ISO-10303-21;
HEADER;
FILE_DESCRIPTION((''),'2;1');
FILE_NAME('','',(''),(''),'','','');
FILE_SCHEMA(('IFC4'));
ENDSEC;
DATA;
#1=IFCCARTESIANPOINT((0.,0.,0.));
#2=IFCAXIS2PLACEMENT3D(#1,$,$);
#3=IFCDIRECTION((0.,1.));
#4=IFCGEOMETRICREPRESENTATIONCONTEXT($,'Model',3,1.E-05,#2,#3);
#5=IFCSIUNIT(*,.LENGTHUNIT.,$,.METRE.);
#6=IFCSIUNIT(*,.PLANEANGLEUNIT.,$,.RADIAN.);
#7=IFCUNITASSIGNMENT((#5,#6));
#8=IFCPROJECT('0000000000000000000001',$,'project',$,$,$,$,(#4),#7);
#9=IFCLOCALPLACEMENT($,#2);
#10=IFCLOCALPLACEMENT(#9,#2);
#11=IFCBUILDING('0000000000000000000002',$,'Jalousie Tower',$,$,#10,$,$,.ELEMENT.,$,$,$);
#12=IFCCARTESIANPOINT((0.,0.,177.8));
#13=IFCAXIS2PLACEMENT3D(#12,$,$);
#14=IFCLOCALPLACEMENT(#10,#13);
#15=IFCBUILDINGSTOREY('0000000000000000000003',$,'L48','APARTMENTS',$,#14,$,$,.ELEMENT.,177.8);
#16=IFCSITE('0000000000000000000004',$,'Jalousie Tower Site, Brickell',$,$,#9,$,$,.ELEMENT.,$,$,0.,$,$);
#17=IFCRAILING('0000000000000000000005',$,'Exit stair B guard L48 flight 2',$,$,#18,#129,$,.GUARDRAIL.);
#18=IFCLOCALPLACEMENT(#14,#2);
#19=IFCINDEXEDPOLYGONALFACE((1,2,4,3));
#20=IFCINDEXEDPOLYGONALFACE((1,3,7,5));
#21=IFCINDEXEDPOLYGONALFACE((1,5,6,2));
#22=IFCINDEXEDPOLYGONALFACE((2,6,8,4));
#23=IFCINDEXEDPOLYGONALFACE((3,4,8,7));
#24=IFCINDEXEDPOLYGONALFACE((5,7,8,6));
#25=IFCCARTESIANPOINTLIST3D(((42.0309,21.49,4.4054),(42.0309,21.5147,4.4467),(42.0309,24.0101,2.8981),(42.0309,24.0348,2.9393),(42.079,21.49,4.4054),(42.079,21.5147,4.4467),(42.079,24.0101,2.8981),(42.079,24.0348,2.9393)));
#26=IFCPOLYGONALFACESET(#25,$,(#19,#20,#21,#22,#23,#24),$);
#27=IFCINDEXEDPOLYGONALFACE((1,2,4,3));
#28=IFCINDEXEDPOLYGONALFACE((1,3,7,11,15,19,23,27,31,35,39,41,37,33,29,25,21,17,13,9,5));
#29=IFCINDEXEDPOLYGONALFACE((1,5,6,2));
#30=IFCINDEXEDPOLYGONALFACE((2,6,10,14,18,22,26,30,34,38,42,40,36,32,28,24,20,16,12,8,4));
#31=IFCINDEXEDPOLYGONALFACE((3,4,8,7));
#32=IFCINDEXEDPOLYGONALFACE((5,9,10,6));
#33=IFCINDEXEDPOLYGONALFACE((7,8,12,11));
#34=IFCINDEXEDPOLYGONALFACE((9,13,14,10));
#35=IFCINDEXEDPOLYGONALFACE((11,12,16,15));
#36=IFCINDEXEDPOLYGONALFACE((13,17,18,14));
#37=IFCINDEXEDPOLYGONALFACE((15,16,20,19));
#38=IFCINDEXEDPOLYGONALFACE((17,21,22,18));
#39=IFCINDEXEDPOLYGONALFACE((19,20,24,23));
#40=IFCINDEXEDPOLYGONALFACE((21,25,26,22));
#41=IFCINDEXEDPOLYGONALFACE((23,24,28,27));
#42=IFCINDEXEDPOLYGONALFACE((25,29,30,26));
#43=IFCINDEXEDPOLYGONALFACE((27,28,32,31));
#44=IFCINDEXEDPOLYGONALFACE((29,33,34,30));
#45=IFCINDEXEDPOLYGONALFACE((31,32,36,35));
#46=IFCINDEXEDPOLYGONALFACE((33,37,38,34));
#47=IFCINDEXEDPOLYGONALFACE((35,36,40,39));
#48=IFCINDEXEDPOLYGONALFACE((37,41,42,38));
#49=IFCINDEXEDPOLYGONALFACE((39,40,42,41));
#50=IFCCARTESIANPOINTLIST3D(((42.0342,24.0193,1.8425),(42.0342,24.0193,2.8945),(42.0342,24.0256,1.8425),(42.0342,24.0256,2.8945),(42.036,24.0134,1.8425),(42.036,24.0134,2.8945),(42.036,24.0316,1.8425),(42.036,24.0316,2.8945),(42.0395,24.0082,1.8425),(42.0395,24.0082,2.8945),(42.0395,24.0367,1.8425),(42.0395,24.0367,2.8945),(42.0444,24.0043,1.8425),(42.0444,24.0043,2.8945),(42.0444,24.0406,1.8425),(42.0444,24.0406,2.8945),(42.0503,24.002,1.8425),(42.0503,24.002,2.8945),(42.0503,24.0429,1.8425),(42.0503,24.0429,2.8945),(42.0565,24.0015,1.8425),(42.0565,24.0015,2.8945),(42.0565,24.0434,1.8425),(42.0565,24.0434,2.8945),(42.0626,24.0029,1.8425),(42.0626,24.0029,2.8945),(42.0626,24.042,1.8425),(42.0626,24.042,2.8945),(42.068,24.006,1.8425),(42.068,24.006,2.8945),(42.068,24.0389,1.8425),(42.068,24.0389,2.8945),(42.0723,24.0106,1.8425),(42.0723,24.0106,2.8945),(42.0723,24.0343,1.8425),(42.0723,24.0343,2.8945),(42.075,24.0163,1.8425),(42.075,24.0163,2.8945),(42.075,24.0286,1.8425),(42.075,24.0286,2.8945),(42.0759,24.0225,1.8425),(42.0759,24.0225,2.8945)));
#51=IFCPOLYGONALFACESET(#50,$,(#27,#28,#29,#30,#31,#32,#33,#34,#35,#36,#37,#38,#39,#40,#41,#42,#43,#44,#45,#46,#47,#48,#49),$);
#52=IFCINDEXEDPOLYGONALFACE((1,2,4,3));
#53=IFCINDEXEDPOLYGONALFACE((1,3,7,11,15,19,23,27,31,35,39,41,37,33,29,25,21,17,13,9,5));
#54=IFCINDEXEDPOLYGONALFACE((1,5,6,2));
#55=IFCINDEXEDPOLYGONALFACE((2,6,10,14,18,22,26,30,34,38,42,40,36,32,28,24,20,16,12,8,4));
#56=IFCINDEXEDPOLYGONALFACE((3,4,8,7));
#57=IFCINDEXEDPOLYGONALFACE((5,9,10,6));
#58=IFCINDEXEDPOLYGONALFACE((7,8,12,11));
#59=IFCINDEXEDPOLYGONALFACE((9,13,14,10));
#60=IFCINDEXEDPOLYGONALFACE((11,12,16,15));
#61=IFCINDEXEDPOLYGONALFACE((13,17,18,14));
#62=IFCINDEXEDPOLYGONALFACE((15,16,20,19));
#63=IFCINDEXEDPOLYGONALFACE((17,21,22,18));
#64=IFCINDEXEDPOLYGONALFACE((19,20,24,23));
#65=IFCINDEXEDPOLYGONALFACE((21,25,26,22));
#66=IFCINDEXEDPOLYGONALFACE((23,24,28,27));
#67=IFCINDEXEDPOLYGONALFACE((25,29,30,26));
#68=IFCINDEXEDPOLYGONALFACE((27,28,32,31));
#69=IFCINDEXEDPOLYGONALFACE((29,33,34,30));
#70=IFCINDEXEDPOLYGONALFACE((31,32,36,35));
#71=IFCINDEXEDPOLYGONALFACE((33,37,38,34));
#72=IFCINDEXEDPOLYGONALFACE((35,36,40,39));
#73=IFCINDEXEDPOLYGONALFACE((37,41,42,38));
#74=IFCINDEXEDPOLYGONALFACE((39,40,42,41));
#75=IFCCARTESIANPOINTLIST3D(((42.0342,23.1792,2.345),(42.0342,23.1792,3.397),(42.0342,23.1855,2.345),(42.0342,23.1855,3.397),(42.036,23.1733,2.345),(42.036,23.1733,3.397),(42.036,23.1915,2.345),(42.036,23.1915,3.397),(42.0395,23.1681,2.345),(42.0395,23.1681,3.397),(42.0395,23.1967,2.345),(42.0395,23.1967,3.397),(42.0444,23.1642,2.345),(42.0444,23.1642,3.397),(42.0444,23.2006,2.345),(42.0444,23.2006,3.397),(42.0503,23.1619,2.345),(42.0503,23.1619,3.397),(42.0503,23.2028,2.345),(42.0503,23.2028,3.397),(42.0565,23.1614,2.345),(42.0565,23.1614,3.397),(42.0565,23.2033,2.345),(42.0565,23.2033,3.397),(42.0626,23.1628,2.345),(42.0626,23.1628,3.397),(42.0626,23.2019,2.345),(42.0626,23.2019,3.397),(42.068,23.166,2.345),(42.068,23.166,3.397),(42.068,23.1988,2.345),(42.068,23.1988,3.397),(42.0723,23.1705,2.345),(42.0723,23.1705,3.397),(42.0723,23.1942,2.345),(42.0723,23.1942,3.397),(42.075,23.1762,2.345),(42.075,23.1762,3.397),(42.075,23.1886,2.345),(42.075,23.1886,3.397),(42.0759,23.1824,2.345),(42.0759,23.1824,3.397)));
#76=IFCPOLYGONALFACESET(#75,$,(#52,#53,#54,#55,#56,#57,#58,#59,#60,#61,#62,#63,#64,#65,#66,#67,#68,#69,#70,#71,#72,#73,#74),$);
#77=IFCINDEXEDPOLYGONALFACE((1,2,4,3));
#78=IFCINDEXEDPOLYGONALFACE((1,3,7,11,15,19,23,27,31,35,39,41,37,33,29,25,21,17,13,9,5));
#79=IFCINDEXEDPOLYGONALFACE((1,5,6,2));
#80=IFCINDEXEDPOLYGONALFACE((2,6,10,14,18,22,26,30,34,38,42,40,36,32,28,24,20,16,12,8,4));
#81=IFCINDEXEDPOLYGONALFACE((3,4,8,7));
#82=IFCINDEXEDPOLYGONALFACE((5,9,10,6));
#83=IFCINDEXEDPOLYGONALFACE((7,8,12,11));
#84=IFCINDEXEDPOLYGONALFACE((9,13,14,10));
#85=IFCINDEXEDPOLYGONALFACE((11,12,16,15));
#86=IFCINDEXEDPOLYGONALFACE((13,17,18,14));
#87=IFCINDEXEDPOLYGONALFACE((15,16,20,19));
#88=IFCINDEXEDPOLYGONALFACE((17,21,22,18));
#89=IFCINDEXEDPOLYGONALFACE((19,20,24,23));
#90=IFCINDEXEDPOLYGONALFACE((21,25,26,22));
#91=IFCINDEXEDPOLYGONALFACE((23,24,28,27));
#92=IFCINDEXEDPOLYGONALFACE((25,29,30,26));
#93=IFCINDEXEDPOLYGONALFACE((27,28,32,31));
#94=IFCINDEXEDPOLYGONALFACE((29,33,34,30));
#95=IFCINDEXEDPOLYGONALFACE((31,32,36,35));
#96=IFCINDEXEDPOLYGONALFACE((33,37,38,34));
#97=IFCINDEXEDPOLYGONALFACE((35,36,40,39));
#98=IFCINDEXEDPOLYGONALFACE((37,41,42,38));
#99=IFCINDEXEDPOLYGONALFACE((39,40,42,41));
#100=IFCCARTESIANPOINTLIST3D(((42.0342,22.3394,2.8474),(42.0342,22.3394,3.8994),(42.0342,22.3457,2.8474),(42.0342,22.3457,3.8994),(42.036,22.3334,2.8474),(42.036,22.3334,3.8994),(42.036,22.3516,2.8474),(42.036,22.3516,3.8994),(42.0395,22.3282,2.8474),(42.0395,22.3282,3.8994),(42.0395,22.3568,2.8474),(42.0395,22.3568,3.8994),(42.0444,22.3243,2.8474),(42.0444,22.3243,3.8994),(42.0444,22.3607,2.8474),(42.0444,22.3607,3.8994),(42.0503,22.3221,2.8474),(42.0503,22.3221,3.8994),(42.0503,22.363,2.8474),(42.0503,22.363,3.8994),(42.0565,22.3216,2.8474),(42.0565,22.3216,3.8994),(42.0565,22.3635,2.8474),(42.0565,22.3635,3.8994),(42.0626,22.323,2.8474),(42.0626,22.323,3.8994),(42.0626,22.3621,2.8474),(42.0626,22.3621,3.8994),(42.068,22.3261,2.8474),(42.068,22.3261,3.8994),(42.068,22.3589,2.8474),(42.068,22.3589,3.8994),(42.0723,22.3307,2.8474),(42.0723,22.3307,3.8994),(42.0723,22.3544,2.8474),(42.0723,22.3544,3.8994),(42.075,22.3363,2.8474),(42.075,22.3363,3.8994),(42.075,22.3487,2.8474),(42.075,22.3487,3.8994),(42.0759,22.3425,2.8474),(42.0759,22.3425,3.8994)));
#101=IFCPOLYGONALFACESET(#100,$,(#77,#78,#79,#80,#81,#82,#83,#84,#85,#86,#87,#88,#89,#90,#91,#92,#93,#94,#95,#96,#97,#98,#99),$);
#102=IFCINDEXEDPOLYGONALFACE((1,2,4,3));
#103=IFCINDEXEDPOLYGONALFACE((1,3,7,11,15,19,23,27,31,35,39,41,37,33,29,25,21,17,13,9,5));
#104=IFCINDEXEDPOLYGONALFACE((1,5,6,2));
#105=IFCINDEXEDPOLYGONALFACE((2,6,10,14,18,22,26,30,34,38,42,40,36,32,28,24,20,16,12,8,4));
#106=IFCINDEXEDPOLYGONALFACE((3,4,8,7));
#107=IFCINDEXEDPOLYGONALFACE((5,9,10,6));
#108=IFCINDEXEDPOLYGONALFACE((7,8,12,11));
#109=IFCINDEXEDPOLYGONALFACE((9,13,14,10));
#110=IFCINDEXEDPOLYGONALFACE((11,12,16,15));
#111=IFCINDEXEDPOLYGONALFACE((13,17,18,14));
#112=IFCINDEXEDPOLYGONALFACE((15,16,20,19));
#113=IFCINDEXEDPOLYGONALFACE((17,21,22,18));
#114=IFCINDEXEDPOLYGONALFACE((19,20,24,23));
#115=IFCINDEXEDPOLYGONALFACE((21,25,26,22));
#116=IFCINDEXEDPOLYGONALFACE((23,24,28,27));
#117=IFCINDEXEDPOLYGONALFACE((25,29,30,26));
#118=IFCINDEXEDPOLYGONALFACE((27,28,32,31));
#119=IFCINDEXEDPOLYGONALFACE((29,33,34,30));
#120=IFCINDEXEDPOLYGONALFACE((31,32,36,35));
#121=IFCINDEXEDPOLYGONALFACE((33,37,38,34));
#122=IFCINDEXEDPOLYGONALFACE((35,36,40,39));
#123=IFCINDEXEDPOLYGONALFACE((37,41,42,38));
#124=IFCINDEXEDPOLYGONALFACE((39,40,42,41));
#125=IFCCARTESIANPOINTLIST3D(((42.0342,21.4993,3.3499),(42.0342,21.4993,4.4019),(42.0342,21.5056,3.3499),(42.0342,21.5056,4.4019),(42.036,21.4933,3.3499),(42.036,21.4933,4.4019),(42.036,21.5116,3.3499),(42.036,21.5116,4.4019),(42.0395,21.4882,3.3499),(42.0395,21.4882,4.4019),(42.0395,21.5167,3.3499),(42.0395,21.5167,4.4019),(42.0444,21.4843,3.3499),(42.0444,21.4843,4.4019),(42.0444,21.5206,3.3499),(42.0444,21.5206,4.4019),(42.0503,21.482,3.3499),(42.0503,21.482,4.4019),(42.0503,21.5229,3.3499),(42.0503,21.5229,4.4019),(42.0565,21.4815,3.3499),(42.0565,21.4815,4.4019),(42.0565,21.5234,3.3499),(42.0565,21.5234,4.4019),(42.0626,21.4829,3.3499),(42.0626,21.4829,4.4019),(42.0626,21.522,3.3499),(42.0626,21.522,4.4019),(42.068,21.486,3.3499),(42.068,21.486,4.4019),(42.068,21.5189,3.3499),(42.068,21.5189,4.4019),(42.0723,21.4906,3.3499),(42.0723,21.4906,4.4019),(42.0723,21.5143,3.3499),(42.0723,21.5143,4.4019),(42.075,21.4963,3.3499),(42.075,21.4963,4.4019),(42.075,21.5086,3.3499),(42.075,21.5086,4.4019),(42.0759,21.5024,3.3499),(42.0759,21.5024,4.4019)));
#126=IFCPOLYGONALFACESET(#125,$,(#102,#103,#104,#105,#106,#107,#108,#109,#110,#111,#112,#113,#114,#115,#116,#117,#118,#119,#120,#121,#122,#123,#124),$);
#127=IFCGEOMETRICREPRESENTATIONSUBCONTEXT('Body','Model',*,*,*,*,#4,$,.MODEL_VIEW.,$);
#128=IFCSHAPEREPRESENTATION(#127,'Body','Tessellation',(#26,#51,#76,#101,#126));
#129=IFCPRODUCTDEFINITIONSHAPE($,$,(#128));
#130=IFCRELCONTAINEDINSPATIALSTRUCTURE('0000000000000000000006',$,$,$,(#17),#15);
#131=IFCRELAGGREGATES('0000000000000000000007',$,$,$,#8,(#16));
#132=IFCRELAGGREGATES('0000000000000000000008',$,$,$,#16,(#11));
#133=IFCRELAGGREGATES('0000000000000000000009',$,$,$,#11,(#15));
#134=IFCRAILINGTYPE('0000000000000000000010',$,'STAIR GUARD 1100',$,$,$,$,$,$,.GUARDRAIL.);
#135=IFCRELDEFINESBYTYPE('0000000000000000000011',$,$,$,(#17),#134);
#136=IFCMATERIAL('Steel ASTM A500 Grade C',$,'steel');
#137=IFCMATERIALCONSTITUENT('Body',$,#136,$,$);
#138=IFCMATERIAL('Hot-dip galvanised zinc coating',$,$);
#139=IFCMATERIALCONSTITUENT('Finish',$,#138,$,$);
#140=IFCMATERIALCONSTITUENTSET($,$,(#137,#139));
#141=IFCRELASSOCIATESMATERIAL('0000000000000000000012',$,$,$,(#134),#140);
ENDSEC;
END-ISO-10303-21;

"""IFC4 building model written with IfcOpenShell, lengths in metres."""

from ifc_helpers import new_model, si_unit, direction, frame, origin, origin_2d, place, context, subcontext, project, spatial, rectangle, circle, extrude, material, constituent, constituent_set, type_object, element, save


model = new_model("IFC4")

# Units and contexts
model_context = context("Model", 3, precision=1e-05, world=origin(), true_north=direction((0.0, 1.0)))
body_context = subcontext(model_context, "Body", "Model", "MODEL_VIEW")
ifc_project = project(units=[si_unit("LENGTHUNIT", "METRE"), si_unit("PLANEANGLEUNIT", "RADIAN")], contexts=[model_context])

# Site, building, storey
site_placement = place(None, origin())
site = spatial("IfcSite", under=ifc_project, at=site_placement, Name="Jalousie Tower Site, Brickell", CompositionType="ELEMENT", RefElevation=0.0)
building_placement = place(site_placement, origin())
building = spatial("IfcBuilding", under=site, at=building_placement, Name="Jalousie Tower", CompositionType="ELEMENT")
storey_placement = place(building_placement, frame((0.0, 0.0, 177.8)))
storey = spatial("IfcBuildingStorey", under=building, at=storey_placement, Name="L48", Description="APARTMENTS", CompositionType="ELEMENT", Elevation=177.8)

# Railing
ifc_material_1 = material(Name="Steel ASTM A500 Grade C", Category="steel")
ifc_constituent_1 = constituent(ifc_material_1, Name="Body")
ifc_material_2 = material(Name="Hot-dip galvanised zinc coating")
ifc_constituent_2 = constituent(ifc_material_2, Name="Finish")
ifc_constituent_set_1 = constituent_set(constituents=[ifc_constituent_1, ifc_constituent_2])
railing_type_1 = type_object("IfcRailingType", Name="STAIR GUARD 1100", PredefinedType="GUARDRAIL", material=ifc_constituent_set_1)
railing_1_placement = place(storey_placement, frame((42.0549, 24.0225, 1.8425)))
element("IfcRailing", 1, at=railing_1_placement, inside=storey, type_object=railing_type_1, Name="Exit stair B guard L48 flight 2", PredefinedType="GUARDRAIL", context=body_context, shape_type="SweptSolid", body=[
    extrude(rectangle(XDim=0.0481, YDim=0.0481, at=origin_2d()), frame((0.0, 0.0, 1.0762), z_axis=(0.0, -0.858196, 0.513321), x_axis=(1.0, 0.0, 0.0)), (0.0, 0.0, 1.0), 2.9365),
    extrude(circle(Radius=0.021, at=origin_2d()), origin(), (0.0, 0.0, 1.0), 1.052),
    extrude(circle(Radius=0.021, at=origin_2d()), frame((0.0, -0.8401, 0.5024)), (0.0, 0.0, 1.0), 1.052),
    extrude(circle(Radius=0.021, at=origin_2d()), frame((0.0, -1.6799, 1.0049)), (0.0, 0.0, 1.0), 1.052),
    extrude(circle(Radius=0.021, at=origin_2d()), frame((0.0, -2.52, 1.5073)), (0.0, 0.0, 1.0), 1.052),
])

save(model, "model.ifc")
